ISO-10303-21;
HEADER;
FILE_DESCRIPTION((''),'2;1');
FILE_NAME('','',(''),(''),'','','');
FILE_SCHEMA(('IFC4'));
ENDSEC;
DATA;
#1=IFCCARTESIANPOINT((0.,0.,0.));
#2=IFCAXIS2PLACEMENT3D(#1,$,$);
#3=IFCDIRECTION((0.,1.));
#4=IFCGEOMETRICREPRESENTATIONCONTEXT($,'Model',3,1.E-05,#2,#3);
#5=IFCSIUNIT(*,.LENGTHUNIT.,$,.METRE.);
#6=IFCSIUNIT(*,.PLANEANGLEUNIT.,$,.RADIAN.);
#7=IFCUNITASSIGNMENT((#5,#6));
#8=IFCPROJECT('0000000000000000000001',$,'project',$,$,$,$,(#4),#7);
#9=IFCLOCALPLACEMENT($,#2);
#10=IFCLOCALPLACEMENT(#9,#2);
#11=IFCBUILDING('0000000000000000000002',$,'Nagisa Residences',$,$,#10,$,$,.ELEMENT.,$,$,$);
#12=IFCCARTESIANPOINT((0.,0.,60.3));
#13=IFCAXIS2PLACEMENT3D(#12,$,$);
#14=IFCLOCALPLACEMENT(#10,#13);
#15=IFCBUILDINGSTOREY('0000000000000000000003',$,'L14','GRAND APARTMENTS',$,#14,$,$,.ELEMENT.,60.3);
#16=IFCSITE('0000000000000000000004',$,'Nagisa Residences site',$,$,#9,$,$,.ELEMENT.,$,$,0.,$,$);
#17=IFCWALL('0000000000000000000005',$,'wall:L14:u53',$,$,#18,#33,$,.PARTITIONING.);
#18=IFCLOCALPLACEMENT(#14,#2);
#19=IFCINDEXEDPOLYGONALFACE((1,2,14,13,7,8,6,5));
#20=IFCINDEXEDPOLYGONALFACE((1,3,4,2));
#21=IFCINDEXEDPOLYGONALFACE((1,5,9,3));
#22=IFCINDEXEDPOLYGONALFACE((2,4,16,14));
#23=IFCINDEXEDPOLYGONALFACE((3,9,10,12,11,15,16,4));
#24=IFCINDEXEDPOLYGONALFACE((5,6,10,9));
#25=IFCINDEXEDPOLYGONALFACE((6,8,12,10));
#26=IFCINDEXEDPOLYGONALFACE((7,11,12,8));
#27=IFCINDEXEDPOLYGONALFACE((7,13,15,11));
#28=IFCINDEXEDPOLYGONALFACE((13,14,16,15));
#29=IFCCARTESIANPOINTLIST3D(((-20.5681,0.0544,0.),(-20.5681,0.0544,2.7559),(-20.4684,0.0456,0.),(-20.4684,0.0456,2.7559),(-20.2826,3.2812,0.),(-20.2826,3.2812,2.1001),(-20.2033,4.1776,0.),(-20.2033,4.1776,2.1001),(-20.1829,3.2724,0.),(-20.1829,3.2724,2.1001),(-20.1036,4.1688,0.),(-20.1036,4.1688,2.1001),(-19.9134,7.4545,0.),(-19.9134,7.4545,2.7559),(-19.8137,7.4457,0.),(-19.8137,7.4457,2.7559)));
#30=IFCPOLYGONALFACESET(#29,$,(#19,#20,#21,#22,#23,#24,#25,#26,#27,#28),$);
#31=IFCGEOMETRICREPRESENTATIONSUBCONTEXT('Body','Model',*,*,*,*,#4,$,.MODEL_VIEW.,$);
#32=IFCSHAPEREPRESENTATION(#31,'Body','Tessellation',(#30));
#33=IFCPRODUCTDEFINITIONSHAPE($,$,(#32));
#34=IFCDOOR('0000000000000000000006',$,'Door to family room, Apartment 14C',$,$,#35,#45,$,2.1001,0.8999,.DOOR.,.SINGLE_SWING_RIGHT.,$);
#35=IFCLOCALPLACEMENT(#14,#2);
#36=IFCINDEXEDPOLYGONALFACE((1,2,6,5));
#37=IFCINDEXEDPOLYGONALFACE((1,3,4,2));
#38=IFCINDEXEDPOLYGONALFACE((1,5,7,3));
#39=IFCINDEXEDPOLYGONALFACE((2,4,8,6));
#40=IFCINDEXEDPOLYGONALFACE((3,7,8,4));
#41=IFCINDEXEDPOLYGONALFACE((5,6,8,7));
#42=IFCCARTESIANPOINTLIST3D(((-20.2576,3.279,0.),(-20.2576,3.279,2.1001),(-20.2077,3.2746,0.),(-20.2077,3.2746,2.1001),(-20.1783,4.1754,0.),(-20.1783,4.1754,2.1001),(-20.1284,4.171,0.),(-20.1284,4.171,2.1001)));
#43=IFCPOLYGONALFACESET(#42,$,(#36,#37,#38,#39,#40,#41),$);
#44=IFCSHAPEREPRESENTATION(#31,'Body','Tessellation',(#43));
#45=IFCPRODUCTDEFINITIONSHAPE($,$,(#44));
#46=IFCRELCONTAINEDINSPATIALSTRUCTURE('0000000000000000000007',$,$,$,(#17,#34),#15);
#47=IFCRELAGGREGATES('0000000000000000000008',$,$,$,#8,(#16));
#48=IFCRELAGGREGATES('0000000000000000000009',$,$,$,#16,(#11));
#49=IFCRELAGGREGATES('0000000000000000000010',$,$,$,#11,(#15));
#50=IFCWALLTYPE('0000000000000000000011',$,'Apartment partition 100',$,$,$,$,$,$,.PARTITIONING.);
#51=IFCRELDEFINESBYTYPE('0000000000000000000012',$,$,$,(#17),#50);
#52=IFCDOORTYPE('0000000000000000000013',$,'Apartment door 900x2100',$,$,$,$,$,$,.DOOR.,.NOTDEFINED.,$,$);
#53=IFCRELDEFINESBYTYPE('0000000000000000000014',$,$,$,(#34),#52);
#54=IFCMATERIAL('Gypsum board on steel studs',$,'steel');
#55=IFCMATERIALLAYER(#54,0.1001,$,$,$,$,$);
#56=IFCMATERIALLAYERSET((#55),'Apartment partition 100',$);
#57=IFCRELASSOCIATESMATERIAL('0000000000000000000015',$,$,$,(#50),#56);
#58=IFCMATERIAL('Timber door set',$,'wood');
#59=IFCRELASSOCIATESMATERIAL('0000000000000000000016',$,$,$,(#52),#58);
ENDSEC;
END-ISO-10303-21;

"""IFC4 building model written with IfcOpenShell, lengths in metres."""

from ifc_helpers import new_model, si_unit, direction, frame, frame_2d, origin, place, context, subcontext, project, spatial, rectangle, extrude, material, layer, layer_set, type_object, element, fill, save


model = new_model("IFC4")

# Units and contexts
model_context = context("Model", 3, precision=1e-05, world=origin(), true_north=direction((0.0, 1.0)))
body_context = subcontext(model_context, "Body", "Model", "MODEL_VIEW")
ifc_project = project(units=[si_unit("LENGTHUNIT", "METRE"), si_unit("PLANEANGLEUNIT", "RADIAN")], contexts=[model_context])

# Site, building, storey
site_placement = place(None, origin())
site = spatial("IfcSite", under=ifc_project, at=site_placement, Name="Nagisa Residences site", CompositionType="ELEMENT", RefElevation=0.0)
building_placement = place(site_placement, origin())
building = spatial("IfcBuilding", under=site, at=building_placement, Name="Nagisa Residences", CompositionType="ELEMENT")
storey_placement = place(building_placement, frame((0.0, 0.0, 60.3)))
storey = spatial("IfcBuildingStorey", under=building, at=storey_placement, Name="L14", Description="GRAND APARTMENTS", CompositionType="ELEMENT", Elevation=60.3)

# Wall, opening, door
ifc_material_1 = material(Name="Gypsum board on steel studs", Category="steel")
ifc_layer_1 = layer(ifc_material_1, 0.1001)
ifc_layer_set_1 = layer_set([ifc_layer_1], Name="Apartment partition 100")
wall_type_1 = type_object("IfcWallType", Name="Apartment partition 100", PredefinedType="PARTITIONING", material=ifc_layer_set_1)
wall_1_placement = place(storey_placement, frame((-19.8635, 7.45, 0.0), z_axis=(0.0, 0.0, 1.0), x_axis=(-0.088138, -0.996108, 0.0)))
wall_1 = element("IfcWall", 1, at=wall_1_placement, inside=storey, type_object=wall_type_1, Name="wall:L14:u53", PredefinedType="PARTITIONING", context=body_context, shape_type="SweptSolid", body=[
    extrude(rectangle(XDim=7.429, YDim=0.1001, at=frame_2d((3.7144, 0.0))), origin(), (0.0, 0.0, 1.0), 2.7559),
])
opening_1_placement = place(wall_1_placement, frame((3.2896, 0.0, 0.0)))
opening_1 = element("IfcOpeningElement", 2, at=opening_1_placement, cuts=wall_1, PredefinedType="OPENING", context=body_context, shape_type="SweptSolid", body=[
    extrude(rectangle(XDim=0.8999, YDim=2.1001, at=frame_2d((0.45, 1.05))), frame((0.0, 0.0601, 0.0), z_axis=(0.0, -1.0, 0.0), x_axis=(1.0, 0.0, 0.0)), (0.0, 0.0, 1.0), 0.1201),
])
ifc_material_2 = material(Name="Timber door set", Category="wood")
door_type_1 = type_object("IfcDoorType", Name="Apartment door 900x2100", OperationType="NOTDEFINED", PredefinedType="DOOR", material=ifc_material_2)
door_1_placement = place(opening_1_placement, frame((0.8999, 0.0, 0.0), x_axis=(-1.0, 0.0, 0.0)))
door_1 = element("IfcDoor", 3, at=door_1_placement, inside=storey, type_object=door_type_1, Name="Door to family room, Apartment 14C", OperationType="SINGLE_SWING_RIGHT", OverallHeight=2.1001, OverallWidth=0.8999, PredefinedType="DOOR", context=body_context, shape_type="SweptSolid", body=[
    extrude(rectangle(XDim=0.8999, YDim=2.1001, at=frame_2d((0.45, 1.05))), frame((0.0, 0.0249, 0.0), z_axis=(0.0, -1.0, 0.0), x_axis=(1.0, 0.0, 0.0)), (0.0, 0.0, 1.0), 0.05),
])
fill(opening_1, door_1)

save(model, "model.ifc")
